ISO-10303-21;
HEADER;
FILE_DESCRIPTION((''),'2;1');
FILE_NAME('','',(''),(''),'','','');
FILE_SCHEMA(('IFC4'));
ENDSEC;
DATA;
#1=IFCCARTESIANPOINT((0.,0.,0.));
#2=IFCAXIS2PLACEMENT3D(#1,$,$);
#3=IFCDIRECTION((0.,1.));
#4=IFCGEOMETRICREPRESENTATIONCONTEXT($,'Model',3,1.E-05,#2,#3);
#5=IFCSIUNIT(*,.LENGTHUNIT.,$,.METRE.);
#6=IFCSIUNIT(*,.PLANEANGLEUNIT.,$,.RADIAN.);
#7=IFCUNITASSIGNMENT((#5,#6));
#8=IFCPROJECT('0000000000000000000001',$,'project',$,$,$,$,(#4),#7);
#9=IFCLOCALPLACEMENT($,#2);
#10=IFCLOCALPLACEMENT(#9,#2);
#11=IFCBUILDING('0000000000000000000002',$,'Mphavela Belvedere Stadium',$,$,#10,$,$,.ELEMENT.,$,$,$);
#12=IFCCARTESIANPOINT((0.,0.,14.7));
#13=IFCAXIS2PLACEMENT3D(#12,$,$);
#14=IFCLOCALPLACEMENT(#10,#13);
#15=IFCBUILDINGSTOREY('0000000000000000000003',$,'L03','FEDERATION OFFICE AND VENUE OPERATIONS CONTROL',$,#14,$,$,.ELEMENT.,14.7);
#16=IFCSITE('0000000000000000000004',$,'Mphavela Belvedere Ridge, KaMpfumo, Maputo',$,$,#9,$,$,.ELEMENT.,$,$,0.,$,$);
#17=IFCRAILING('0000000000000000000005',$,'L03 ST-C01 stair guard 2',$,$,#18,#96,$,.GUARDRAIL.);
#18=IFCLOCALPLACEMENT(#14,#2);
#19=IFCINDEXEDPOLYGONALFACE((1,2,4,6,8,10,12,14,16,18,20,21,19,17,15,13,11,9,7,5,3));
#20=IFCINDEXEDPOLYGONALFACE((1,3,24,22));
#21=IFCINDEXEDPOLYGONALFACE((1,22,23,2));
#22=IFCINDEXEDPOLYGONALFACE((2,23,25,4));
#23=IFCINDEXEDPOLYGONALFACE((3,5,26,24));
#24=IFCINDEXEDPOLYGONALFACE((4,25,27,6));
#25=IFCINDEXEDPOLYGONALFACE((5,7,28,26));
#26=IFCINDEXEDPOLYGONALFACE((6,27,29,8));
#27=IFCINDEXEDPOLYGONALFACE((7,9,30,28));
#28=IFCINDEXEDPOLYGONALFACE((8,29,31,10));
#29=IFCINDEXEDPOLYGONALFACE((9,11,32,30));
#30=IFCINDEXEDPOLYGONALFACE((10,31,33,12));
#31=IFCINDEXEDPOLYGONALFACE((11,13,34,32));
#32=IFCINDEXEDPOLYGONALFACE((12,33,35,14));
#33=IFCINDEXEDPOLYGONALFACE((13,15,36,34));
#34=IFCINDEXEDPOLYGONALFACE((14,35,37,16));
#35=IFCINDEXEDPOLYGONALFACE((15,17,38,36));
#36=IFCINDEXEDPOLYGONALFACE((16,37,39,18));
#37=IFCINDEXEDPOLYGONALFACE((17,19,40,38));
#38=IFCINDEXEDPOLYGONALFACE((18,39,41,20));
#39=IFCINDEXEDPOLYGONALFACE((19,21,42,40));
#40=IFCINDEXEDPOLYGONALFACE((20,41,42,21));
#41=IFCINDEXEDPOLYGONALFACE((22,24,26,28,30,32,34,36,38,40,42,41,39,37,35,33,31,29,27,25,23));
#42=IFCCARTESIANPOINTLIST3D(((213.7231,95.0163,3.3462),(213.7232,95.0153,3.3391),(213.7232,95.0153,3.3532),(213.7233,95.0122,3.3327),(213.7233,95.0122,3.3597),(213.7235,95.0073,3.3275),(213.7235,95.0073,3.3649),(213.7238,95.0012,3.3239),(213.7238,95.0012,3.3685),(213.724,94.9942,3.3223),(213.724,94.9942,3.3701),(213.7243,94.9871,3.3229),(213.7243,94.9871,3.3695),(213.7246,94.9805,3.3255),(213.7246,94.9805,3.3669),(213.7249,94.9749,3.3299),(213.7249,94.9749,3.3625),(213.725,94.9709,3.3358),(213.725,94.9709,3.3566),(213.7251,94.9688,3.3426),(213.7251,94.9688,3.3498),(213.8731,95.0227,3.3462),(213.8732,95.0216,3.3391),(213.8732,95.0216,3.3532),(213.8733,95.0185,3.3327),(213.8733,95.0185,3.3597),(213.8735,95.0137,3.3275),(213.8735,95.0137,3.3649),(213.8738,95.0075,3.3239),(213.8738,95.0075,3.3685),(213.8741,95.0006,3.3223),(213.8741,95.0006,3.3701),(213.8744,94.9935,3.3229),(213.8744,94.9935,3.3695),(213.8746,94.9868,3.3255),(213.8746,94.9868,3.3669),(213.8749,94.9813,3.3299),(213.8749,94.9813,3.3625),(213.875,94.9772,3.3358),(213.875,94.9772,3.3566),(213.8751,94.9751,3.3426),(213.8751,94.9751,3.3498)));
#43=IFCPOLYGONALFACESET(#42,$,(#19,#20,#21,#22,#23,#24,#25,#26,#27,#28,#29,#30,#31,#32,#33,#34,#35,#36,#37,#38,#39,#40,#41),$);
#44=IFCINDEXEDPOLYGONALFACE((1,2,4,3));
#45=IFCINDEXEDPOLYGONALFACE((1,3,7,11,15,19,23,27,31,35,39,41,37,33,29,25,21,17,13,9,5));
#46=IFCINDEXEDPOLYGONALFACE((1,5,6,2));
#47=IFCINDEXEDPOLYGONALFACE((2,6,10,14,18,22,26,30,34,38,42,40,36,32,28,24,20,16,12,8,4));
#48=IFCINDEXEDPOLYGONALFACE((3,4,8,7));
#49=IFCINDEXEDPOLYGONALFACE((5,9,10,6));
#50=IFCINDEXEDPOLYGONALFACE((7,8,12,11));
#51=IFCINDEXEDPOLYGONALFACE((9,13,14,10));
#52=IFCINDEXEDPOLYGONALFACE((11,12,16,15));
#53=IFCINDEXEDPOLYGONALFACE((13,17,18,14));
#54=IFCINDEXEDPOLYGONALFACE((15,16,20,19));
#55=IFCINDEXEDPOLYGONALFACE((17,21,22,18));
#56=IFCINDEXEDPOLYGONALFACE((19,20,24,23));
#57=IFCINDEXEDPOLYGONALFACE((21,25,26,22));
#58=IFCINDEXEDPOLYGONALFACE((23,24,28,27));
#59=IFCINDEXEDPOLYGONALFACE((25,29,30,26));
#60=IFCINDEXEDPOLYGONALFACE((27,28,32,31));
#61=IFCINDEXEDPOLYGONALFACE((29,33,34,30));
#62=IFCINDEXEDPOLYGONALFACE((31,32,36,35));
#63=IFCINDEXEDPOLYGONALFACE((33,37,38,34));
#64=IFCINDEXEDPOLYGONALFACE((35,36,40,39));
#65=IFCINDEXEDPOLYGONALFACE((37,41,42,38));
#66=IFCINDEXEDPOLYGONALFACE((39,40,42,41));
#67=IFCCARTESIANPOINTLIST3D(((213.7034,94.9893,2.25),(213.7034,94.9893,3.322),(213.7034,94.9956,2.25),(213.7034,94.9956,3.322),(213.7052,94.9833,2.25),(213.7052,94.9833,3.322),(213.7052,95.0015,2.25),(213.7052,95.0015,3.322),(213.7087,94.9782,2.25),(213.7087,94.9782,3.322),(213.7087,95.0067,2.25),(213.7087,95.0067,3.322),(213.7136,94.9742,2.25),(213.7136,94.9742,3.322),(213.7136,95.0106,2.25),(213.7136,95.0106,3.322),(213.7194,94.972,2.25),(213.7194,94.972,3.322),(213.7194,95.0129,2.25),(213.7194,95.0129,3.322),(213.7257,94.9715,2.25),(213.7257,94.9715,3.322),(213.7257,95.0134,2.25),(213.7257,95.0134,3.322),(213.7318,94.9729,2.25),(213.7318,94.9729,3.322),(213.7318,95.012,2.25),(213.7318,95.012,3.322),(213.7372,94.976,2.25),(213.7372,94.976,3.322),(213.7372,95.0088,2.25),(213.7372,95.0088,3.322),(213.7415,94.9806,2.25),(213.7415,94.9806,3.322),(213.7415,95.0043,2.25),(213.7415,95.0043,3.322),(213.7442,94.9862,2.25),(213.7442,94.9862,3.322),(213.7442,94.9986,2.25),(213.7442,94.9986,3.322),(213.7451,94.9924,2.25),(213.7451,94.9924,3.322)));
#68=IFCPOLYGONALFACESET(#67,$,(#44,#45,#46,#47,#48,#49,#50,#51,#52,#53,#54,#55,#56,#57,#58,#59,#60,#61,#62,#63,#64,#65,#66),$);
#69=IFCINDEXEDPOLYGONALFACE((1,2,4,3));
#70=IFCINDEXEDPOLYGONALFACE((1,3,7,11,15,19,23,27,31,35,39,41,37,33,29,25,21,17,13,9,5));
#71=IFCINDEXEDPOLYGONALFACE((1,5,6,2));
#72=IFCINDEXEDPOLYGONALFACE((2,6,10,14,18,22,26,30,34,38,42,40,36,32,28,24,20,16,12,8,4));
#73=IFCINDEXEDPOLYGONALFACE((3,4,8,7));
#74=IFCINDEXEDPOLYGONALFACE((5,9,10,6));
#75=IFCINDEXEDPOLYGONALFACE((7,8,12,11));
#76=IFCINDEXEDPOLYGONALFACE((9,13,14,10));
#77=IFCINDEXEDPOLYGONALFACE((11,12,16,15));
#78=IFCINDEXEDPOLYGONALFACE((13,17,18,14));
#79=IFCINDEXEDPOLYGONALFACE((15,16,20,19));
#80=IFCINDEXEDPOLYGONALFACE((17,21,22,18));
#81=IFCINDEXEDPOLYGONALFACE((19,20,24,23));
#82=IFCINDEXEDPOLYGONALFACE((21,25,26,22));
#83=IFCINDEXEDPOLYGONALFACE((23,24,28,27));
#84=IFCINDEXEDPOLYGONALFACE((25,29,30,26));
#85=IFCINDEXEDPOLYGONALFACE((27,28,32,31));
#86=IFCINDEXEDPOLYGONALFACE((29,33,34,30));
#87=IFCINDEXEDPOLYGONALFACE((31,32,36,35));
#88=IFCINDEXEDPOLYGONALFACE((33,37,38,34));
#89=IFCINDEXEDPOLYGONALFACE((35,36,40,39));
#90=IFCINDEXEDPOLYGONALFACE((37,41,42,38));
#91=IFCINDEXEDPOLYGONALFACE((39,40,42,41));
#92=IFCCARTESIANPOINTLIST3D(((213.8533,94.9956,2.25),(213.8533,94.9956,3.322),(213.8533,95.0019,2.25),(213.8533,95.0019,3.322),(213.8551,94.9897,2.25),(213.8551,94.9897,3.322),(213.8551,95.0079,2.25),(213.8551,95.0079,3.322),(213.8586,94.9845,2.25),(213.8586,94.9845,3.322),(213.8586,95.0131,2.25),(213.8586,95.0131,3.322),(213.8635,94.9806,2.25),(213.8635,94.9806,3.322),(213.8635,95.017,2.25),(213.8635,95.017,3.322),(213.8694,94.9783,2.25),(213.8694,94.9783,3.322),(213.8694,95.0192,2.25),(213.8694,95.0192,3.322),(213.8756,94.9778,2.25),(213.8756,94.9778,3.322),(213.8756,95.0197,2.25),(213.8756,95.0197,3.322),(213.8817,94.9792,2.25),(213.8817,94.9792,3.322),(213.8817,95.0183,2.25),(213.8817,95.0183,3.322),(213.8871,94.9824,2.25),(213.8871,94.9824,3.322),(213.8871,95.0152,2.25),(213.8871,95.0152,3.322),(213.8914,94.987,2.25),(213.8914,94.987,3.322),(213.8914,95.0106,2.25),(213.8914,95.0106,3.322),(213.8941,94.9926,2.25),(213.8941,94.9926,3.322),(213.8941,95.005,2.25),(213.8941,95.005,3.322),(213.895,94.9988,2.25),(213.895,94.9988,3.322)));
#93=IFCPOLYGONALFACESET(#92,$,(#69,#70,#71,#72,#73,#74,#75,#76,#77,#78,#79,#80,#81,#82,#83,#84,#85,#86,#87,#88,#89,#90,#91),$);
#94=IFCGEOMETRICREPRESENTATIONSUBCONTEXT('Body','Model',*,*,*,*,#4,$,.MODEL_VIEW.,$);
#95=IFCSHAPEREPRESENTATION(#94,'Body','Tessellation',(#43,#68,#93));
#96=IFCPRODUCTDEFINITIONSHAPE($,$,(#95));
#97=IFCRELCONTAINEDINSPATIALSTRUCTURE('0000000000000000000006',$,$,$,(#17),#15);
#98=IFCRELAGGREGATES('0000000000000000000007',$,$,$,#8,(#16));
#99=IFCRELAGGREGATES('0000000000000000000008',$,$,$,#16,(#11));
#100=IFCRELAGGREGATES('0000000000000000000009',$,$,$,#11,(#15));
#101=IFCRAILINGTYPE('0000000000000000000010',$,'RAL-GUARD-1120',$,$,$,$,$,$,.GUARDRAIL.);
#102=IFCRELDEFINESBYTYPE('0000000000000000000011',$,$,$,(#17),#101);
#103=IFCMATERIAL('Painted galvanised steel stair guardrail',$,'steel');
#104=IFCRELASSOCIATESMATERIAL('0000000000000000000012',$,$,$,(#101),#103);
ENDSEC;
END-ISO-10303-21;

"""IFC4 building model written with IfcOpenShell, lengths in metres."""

from ifc_helpers import new_model, si_unit, direction, frame, origin, origin_2d, place, context, subcontext, project, spatial, circle, extrude, material, type_object, element, save


model = new_model("IFC4")

# Units and contexts
model_context = context("Model", 3, precision=1e-05, world=origin(), true_north=direction((0.0, 1.0)))
body_context = subcontext(model_context, "Body", "Model", "MODEL_VIEW")
ifc_project = project(units=[si_unit("LENGTHUNIT", "METRE"), si_unit("PLANEANGLEUNIT", "RADIAN")], contexts=[model_context])

# Site, building, storey
site_placement = place(None, origin())
site = spatial("IfcSite", under=ifc_project, at=site_placement, Name="Mphavela Belvedere Ridge, KaMpfumo, Maputo", CompositionType="ELEMENT", RefElevation=0.0)
building_placement = place(site_placement, origin())
building = spatial("IfcBuilding", under=site, at=building_placement, Name="Mphavela Belvedere Stadium", CompositionType="ELEMENT")
storey_placement = place(building_placement, frame((0.0, 0.0, 14.7)))
storey = spatial("IfcBuildingStorey", under=building, at=storey_placement, Name="L03", Description="FEDERATION OFFICE AND VENUE OPERATIONS CONTROL", CompositionType="ELEMENT", Elevation=14.7)

# Railing
ifc_material_1 = material(Name="Painted galvanised steel stair guardrail", Category="steel")
railing_type_1 = type_object("IfcRailingType", Name="RAL-GUARD-1120", PredefinedType="GUARDRAIL", material=ifc_material_1)
railing_1_placement = place(storey_placement, frame((213.7241, 94.9924, 2.25)))
element("IfcRailing", 1, at=railing_1_placement, inside=storey, type_object=railing_type_1, Name="L03 ST-C01 stair guard 2", PredefinedType="GUARDRAIL", context=body_context, shape_type="SweptSolid", body=[
    extrude(circle(Radius=0.0239, at=origin_2d()), frame((0.0, 0.0, 1.0962), z_axis=(0.999105, 0.042307, 0.0), x_axis=(-0.042307, 0.999105, 0.0)), (0.0, 0.0, 1.0), 0.1501),
    extrude(circle(Radius=0.021, at=origin_2d()), origin(), (0.0, 0.0, 1.0), 1.072),
    extrude(circle(Radius=0.021, at=origin_2d()), frame((0.1499, 0.0063, 0.0)), (0.0, 0.0, 1.0), 1.072),
])

save(model, "model.ifc")
